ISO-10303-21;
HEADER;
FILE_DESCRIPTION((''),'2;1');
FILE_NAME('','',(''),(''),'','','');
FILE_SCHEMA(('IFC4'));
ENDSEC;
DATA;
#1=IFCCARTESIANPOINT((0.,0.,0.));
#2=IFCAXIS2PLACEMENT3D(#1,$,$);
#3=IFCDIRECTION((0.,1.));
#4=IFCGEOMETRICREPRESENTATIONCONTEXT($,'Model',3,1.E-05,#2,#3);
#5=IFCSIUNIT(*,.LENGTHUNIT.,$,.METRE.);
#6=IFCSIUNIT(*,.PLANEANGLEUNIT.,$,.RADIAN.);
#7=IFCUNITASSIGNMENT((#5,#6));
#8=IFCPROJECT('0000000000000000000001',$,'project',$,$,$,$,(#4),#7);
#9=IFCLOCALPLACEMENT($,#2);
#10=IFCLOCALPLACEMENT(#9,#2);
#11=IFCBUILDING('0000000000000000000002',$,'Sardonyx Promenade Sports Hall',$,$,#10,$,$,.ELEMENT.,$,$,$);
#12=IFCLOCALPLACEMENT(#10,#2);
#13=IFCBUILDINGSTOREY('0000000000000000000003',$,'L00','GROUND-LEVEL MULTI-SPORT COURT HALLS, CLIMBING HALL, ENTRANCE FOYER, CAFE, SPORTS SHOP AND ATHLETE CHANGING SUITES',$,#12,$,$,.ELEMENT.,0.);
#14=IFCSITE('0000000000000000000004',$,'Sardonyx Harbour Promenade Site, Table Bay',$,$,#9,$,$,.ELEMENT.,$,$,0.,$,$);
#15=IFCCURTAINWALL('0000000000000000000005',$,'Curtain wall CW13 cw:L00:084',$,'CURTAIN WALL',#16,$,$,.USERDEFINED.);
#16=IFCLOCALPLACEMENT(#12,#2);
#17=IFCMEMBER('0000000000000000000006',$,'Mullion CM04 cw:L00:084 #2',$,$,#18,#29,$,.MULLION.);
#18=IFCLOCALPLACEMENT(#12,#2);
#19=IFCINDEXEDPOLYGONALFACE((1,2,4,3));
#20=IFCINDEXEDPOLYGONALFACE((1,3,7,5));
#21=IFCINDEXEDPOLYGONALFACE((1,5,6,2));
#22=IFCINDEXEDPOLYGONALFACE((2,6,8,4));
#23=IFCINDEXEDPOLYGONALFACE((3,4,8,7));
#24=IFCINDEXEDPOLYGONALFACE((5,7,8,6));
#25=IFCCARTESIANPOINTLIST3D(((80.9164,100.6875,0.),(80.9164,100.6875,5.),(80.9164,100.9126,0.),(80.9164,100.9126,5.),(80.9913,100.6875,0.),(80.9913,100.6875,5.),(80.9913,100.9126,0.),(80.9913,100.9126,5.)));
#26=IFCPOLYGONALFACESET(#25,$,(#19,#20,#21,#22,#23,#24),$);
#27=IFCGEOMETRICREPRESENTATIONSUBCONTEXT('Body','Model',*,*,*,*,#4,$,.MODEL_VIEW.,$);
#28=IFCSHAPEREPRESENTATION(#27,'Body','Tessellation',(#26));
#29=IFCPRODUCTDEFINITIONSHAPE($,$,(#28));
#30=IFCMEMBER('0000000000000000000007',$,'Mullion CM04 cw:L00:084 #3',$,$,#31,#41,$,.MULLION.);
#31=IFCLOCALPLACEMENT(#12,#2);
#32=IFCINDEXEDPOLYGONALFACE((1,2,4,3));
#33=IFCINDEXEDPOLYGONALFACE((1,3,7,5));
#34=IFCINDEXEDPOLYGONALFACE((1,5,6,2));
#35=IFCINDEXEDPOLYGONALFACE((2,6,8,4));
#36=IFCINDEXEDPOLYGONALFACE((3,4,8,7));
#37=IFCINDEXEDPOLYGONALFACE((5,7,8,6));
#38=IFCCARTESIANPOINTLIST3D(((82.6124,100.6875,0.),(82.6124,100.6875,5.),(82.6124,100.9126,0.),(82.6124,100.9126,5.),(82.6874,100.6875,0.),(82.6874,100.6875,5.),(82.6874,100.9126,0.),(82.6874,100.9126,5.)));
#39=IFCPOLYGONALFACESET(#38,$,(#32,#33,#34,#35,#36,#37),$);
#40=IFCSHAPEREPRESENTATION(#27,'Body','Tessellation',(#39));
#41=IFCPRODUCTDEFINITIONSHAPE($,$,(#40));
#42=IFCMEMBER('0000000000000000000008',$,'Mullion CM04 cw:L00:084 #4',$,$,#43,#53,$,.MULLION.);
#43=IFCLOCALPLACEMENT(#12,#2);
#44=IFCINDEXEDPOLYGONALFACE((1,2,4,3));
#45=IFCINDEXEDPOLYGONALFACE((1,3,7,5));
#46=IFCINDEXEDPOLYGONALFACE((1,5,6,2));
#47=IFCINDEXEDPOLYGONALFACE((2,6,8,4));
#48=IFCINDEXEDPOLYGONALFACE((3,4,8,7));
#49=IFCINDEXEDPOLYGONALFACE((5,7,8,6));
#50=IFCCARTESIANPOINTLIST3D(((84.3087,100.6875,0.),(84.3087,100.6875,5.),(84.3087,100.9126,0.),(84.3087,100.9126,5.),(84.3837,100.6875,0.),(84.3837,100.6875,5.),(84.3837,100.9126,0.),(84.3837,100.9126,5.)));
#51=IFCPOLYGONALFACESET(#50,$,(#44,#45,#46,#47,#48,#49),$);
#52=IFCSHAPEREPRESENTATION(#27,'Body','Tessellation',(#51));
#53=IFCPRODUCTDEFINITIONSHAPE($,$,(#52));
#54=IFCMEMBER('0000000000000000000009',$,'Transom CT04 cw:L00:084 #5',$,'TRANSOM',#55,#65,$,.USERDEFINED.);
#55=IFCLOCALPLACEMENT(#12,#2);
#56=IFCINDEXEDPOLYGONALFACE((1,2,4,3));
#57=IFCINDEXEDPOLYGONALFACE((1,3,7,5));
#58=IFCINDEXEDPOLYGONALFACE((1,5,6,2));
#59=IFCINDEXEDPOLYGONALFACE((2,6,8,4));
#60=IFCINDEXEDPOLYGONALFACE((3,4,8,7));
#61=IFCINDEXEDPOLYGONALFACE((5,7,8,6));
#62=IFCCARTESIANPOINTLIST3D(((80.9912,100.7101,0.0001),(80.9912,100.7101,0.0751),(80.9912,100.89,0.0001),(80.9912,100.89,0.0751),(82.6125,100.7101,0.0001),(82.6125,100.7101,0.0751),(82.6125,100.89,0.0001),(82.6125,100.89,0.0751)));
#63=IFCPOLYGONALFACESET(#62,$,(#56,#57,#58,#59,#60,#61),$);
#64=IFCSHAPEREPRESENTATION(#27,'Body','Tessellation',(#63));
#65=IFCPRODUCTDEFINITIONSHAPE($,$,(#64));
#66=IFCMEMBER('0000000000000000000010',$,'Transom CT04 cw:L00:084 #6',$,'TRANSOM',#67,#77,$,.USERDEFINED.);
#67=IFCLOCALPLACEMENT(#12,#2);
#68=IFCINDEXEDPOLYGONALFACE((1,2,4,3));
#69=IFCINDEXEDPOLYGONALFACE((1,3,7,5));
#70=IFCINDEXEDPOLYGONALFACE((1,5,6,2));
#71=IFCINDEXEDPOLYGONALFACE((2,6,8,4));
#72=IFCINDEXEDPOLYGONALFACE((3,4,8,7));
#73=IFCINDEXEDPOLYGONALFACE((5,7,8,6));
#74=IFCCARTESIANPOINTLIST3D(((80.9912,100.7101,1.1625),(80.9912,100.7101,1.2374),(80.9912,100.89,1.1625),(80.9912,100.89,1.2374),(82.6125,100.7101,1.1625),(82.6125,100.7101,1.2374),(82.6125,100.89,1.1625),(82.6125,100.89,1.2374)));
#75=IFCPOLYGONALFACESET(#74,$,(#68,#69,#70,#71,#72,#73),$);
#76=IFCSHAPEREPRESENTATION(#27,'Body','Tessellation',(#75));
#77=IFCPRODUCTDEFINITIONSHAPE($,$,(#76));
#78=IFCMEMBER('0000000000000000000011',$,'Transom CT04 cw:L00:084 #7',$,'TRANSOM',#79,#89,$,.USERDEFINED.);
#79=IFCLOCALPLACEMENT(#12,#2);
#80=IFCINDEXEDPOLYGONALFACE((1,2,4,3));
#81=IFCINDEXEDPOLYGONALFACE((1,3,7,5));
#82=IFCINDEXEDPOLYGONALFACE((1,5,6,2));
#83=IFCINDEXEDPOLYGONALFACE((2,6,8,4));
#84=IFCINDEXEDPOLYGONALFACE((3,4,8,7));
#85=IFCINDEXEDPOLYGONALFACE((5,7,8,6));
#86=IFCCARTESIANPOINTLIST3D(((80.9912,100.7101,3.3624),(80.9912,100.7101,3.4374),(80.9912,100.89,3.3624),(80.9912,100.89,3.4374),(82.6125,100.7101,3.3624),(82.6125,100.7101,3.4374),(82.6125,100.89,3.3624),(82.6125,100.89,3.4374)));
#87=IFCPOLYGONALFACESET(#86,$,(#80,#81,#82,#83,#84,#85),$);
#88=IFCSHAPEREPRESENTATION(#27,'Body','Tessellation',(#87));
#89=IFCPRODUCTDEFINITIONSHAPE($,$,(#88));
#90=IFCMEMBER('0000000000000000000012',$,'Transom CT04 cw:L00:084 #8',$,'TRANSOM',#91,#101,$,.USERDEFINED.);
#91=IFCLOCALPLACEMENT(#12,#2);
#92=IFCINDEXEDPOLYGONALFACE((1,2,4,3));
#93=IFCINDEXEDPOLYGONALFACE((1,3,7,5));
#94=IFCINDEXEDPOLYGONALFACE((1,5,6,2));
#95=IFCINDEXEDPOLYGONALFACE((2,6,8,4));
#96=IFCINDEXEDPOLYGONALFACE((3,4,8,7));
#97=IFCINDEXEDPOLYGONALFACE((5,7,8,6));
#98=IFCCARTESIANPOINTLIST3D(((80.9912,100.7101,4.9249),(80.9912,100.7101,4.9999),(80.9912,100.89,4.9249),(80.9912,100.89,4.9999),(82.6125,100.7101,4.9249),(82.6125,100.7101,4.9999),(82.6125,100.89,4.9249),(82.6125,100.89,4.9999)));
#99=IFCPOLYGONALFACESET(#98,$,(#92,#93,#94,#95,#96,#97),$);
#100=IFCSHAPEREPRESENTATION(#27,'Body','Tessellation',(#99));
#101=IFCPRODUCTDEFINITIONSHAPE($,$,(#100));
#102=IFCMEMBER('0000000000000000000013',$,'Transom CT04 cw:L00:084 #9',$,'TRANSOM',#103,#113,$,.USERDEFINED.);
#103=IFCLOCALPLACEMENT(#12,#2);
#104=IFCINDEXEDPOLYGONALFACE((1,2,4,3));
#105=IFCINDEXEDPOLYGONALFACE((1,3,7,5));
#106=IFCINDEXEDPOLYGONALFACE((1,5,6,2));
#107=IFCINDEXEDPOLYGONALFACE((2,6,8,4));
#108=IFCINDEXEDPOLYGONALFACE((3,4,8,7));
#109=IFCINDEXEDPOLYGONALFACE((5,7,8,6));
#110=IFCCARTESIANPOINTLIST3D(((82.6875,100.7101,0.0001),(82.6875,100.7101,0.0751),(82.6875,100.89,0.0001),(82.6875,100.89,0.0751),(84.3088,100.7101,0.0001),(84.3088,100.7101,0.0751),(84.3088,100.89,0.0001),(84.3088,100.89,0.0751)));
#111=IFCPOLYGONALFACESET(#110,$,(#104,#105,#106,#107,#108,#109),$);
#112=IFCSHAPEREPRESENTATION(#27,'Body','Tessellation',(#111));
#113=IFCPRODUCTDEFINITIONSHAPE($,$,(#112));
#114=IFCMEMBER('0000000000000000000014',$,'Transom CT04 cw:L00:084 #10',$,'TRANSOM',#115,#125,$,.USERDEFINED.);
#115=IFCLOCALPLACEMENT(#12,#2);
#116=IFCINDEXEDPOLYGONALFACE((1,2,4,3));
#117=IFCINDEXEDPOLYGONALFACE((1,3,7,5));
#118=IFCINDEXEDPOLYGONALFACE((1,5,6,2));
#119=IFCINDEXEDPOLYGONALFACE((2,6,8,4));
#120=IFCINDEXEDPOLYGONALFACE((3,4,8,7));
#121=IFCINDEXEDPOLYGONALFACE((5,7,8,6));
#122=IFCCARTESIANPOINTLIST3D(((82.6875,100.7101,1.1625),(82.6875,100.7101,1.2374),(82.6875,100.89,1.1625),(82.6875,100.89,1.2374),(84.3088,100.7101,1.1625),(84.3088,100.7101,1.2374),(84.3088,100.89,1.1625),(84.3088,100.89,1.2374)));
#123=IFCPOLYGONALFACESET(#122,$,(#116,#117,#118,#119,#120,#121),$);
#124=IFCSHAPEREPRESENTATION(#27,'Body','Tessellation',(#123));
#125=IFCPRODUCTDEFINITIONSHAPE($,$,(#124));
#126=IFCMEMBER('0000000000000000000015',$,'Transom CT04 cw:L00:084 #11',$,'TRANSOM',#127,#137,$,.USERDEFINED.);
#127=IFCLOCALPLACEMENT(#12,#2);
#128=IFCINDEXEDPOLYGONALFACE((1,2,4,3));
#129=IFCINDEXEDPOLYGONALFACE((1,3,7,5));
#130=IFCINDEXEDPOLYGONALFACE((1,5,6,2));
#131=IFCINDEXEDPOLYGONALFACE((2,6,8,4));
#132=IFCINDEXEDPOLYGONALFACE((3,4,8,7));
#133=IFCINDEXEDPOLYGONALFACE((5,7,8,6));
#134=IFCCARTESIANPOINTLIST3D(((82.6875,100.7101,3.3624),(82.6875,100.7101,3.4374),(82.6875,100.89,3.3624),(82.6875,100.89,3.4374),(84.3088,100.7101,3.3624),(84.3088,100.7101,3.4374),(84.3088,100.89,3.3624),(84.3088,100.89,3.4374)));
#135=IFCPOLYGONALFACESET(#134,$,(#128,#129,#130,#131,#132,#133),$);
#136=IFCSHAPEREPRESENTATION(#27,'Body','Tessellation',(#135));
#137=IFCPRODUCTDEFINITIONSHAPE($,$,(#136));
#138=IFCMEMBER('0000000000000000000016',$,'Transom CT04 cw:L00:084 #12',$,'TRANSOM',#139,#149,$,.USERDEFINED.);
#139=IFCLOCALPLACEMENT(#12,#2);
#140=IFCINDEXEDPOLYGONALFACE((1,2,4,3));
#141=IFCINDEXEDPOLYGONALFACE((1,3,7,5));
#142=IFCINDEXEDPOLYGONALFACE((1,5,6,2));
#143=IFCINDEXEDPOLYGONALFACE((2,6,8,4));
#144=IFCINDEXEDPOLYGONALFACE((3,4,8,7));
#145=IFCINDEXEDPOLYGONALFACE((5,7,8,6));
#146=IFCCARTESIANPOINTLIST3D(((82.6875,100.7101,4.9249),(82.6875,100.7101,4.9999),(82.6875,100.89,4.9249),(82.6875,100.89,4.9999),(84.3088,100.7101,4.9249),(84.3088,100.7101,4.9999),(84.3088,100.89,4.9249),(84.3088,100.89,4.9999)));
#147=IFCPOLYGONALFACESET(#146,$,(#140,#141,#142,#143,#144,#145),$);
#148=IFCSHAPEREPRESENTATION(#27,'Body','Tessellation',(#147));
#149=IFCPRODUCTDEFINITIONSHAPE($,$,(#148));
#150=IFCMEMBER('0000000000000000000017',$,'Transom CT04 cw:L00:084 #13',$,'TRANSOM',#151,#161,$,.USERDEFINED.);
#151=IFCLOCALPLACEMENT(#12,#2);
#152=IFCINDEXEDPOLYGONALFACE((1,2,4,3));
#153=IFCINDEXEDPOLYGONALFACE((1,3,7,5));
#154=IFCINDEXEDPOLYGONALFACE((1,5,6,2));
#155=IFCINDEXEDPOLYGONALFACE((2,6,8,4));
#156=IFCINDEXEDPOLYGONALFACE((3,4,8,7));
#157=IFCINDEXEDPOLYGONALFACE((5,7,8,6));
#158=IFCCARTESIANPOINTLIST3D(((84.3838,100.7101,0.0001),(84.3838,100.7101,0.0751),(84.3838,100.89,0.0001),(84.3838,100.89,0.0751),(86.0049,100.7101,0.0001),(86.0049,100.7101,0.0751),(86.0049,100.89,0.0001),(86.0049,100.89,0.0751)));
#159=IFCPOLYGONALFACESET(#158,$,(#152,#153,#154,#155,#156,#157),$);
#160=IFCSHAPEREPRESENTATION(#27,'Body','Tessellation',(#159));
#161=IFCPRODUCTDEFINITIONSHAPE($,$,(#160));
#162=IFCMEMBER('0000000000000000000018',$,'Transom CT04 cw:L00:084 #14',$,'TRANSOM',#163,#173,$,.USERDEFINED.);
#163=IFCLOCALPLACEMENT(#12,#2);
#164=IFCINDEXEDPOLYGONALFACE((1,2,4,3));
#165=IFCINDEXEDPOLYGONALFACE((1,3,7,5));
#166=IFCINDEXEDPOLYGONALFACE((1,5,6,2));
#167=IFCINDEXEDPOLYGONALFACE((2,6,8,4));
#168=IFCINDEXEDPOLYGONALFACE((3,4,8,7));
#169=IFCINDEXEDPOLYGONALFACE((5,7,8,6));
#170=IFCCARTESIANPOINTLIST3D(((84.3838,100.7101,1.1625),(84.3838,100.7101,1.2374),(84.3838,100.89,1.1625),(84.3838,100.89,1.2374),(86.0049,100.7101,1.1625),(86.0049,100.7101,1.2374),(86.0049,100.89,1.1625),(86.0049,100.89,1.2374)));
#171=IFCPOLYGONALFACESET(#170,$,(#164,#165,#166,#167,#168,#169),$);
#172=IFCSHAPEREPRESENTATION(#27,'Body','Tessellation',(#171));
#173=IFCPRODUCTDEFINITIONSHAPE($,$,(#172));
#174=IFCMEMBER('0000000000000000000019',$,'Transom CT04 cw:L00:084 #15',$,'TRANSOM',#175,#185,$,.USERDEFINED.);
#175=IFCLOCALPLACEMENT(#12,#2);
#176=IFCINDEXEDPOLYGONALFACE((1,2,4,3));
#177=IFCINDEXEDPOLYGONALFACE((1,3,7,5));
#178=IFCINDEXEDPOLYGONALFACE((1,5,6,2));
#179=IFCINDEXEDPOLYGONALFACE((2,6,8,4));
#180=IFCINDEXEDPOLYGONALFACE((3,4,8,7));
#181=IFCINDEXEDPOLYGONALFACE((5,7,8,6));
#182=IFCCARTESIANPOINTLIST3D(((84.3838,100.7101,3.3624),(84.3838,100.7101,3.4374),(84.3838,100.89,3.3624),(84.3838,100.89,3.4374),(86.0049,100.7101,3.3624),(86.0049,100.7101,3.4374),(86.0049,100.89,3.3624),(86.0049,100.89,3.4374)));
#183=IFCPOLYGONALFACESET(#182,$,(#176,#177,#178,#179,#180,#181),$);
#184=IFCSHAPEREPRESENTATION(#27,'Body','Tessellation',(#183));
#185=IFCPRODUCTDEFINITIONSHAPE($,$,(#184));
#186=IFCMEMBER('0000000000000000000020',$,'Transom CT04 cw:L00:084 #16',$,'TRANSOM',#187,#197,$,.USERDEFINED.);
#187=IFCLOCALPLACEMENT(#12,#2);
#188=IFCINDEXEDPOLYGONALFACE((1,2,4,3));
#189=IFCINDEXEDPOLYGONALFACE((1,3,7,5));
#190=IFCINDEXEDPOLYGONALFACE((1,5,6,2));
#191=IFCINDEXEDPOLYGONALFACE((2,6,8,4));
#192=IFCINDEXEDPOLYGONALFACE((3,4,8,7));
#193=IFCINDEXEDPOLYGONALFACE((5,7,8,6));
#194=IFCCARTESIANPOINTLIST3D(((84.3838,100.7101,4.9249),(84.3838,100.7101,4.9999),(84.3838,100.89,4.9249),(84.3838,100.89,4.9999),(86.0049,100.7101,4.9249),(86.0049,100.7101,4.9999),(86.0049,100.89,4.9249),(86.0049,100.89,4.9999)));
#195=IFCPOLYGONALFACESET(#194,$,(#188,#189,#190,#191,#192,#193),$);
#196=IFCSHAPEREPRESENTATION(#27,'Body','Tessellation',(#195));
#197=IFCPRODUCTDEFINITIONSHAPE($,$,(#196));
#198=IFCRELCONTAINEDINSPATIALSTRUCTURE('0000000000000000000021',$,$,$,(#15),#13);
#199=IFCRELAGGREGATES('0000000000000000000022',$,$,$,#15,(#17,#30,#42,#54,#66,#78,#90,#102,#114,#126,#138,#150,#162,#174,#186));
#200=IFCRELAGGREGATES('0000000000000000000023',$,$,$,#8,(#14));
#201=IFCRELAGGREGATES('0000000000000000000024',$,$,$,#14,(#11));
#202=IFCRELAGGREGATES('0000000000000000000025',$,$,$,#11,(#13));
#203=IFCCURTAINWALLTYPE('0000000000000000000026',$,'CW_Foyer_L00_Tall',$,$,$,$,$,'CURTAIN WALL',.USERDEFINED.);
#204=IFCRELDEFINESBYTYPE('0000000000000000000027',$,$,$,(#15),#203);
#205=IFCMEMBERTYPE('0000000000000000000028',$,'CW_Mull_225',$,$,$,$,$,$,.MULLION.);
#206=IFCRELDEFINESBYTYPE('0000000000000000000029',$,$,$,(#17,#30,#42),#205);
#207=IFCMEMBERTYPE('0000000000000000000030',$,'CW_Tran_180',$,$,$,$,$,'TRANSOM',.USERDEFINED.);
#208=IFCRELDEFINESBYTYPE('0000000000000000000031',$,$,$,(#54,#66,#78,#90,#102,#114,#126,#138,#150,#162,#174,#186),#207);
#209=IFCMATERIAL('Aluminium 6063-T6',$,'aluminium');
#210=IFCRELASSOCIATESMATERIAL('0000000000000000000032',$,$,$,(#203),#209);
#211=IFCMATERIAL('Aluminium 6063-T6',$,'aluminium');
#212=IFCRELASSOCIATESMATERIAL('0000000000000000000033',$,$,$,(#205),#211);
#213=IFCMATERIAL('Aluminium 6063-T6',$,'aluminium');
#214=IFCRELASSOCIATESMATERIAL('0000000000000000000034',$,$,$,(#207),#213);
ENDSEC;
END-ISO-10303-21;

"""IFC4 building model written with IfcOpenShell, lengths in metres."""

from ifc_helpers import new_model, si_unit, direction, frame, origin, origin_2d, place, context, subcontext, project, spatial, rectangle, extrude, material, material_profile, profile_set, type_object, element, aggregate, save


model = new_model("IFC4")

# Units and contexts
model_context = context("Model", 3, precision=1e-05, world=origin(), true_north=direction((0.0, 1.0)))
body_context = subcontext(model_context, "Body", "Model", "MODEL_VIEW")
ifc_project = project(units=[si_unit("LENGTHUNIT", "METRE"), si_unit("PLANEANGLEUNIT", "RADIAN")], contexts=[model_context])

# Site, building, storey
site_placement = place(None, origin())
site = spatial("IfcSite", under=ifc_project, at=site_placement, Name="Sardonyx Harbour Promenade Site, Table Bay", CompositionType="ELEMENT", RefElevation=0.0)
building_placement = place(site_placement, origin())
building = spatial("IfcBuilding", under=site, at=building_placement, Name="Sardonyx Promenade Sports Hall", CompositionType="ELEMENT")
storey_placement = place(building_placement, origin())
storey = spatial("IfcBuildingStorey", under=building, at=storey_placement, Name="L00", Description="GROUND-LEVEL MULTI-SPORT COURT HALLS, CLIMBING HALL, ENTRANCE FOYER, CAFE, SPORTS SHOP AND ATHLETE CHANGING SUITES", CompositionType="ELEMENT", Elevation=0.0)

# Curtain wall, members
ifc_material_1 = material(Name="Aluminium 6063-T6", Category="aluminium")
curtain_wall_type = type_object("IfcCurtainWallType", Name="CW_Foyer_L00_Tall", ElementType="CURTAIN WALL", PredefinedType="USERDEFINED", material=ifc_material_1)
curtain_wall_placement = place(storey_placement, origin())
curtain_wall = element("IfcCurtainWall", 1, at=curtain_wall_placement, inside=storey, type_object=curtain_wall_type, Name="Curtain wall CW13 cw:L00:084", ObjectType="CURTAIN WALL", PredefinedType="USERDEFINED")
ifc_material_2 = material(Name="Aluminium 6063-T6", Category="aluminium")
ifc_material_profile_1 = material_profile(ifc_material_2, rectangle(XDim=0.075, YDim=0.2251, at=origin_2d()))
ifc_profile_set_1 = profile_set([ifc_material_profile_1], Name="Aluminium 6063-T6")
member_type_1 = type_object("IfcMemberType", Name="CW_Mull_225", PredefinedType="MULLION", material=ifc_profile_set_1)
member_1_placement = place(storey_placement, frame((80.9539, 100.8, 0.0), z_axis=(0.0, 0.0, 1.0), x_axis=(1.0, 0.0, 0.0)))
member_1 = element("IfcMember", 2, at=member_1_placement, type_object=member_type_1, Name="Mullion CM04 cw:L00:084 #2", PredefinedType="MULLION", context=body_context, shape_type="SweptSolid", body=[
    extrude(rectangle(XDim=0.075, YDim=0.2251, at=origin_2d()), origin(), (0.0, 0.0, 1.0), 5.0),
])
member_2_placement = place(storey_placement, frame((82.6499, 100.8, 0.0), z_axis=(0.0, 0.0, 1.0), x_axis=(1.0, 0.0, 0.0)))
member_2 = element("IfcMember", 3, at=member_2_placement, type_object=member_type_1, Name="Mullion CM04 cw:L00:084 #3", PredefinedType="MULLION", context=body_context, shape_type="SweptSolid", body=[
    extrude(rectangle(XDim=0.075, YDim=0.2251, at=origin_2d()), origin(), (0.0, 0.0, 1.0), 5.0),
])
member_3_placement = place(storey_placement, frame((84.3462, 100.8, 0.0), z_axis=(0.0, 0.0, 1.0), x_axis=(1.0, 0.0, 0.0)))
member_3 = element("IfcMember", 4, at=member_3_placement, type_object=member_type_1, Name="Mullion CM04 cw:L00:084 #4", PredefinedType="MULLION", context=body_context, shape_type="SweptSolid", body=[
    extrude(rectangle(XDim=0.075, YDim=0.2251, at=origin_2d()), origin(), (0.0, 0.0, 1.0), 5.0),
])
ifc_material_3 = material(Name="Aluminium 6063-T6", Category="aluminium")
ifc_material_profile_2 = material_profile(ifc_material_3, rectangle(XDim=0.075, YDim=0.1799, at=origin_2d()))
ifc_profile_set_2 = profile_set([ifc_material_profile_2], Name="Aluminium 6063-T6")
member_type_2 = type_object("IfcMemberType", Name="CW_Tran_180", ElementType="TRANSOM", PredefinedType="USERDEFINED", material=ifc_profile_set_2)
member_4_placement = place(storey_placement, frame((80.9912, 100.8, 0.0376), z_axis=(1.0, 0.0, 0.0), x_axis=(0.0, 0.0, 1.0)))
member_4 = element("IfcMember", 5, at=member_4_placement, type_object=member_type_2, Name="Transom CT04 cw:L00:084 #5", ObjectType="TRANSOM", PredefinedType="USERDEFINED", context=body_context, shape_type="SweptSolid", body=[
    extrude(rectangle(XDim=0.075, YDim=0.1799, at=origin_2d()), origin(), (0.0, 0.0, 1.0), 1.6213),
])
member_5_placement = place(storey_placement, frame((80.9912, 100.8, 1.2), z_axis=(1.0, 0.0, 0.0), x_axis=(0.0, 0.0, 1.0)))
member_5 = element("IfcMember", 6, at=member_5_placement, type_object=member_type_2, Name="Transom CT04 cw:L00:084 #6", ObjectType="TRANSOM", PredefinedType="USERDEFINED", context=body_context, shape_type="SweptSolid", body=[
    extrude(rectangle(XDim=0.075, YDim=0.1799, at=origin_2d()), origin(), (0.0, 0.0, 1.0), 1.6213),
])
member_6_placement = place(storey_placement, frame((80.9912, 100.8, 3.3999), z_axis=(1.0, 0.0, 0.0), x_axis=(0.0, 0.0, 1.0)))
member_6 = element("IfcMember", 7, at=member_6_placement, type_object=member_type_2, Name="Transom CT04 cw:L00:084 #7", ObjectType="TRANSOM", PredefinedType="USERDEFINED", context=body_context, shape_type="SweptSolid", body=[
    extrude(rectangle(XDim=0.075, YDim=0.1799, at=origin_2d()), origin(), (0.0, 0.0, 1.0), 1.6213),
])
member_7_placement = place(storey_placement, frame((80.9912, 100.8, 4.9624), z_axis=(1.0, 0.0, 0.0), x_axis=(0.0, 0.0, 1.0)))
member_7 = element("IfcMember", 8, at=member_7_placement, type_object=member_type_2, Name="Transom CT04 cw:L00:084 #8", ObjectType="TRANSOM", PredefinedType="USERDEFINED", context=body_context, shape_type="SweptSolid", body=[
    extrude(rectangle(XDim=0.075, YDim=0.1799, at=origin_2d()), origin(), (0.0, 0.0, 1.0), 1.6213),
])
member_8_placement = place(storey_placement, frame((82.6875, 100.8, 0.0376), z_axis=(1.0, 0.0, 0.0), x_axis=(0.0, 0.0, 1.0)))
member_8 = element("IfcMember", 9, at=member_8_placement, type_object=member_type_2, Name="Transom CT04 cw:L00:084 #9", ObjectType="TRANSOM", PredefinedType="USERDEFINED", context=body_context, shape_type="SweptSolid", body=[
    extrude(rectangle(XDim=0.075, YDim=0.1799, at=origin_2d()), origin(), (0.0, 0.0, 1.0), 1.6213),
])
member_9_placement = place(storey_placement, frame((82.6875, 100.8, 1.2), z_axis=(1.0, 0.0, 0.0), x_axis=(0.0, 0.0, 1.0)))
member_9 = element("IfcMember", 10, at=member_9_placement, type_object=member_type_2, Name="Transom CT04 cw:L00:084 #10", ObjectType="TRANSOM", PredefinedType="USERDEFINED", context=body_context, shape_type="SweptSolid", body=[
    extrude(rectangle(XDim=0.075, YDim=0.1799, at=origin_2d()), origin(), (0.0, 0.0, 1.0), 1.6213),
])
member_10_placement = place(storey_placement, frame((82.6875, 100.8, 3.3999), z_axis=(1.0, 0.0, 0.0), x_axis=(0.0, 0.0, 1.0)))
member_10 = element("IfcMember", 11, at=member_10_placement, type_object=member_type_2, Name="Transom CT04 cw:L00:084 #11", ObjectType="TRANSOM", PredefinedType="USERDEFINED", context=body_context, shape_type="SweptSolid", body=[
    extrude(rectangle(XDim=0.075, YDim=0.1799, at=origin_2d()), origin(), (0.0, 0.0, 1.0), 1.6213),
])
member_11_placement = place(storey_placement, frame((82.6875, 100.8, 4.9624), z_axis=(1.0, 0.0, 0.0), x_axis=(0.0, 0.0, 1.0)))
member_11 = element("IfcMember", 12, at=member_11_placement, type_object=member_type_2, Name="Transom CT04 cw:L00:084 #12", ObjectType="TRANSOM", PredefinedType="USERDEFINED", context=body_context, shape_type="SweptSolid", body=[
    extrude(rectangle(XDim=0.075, YDim=0.1799, at=origin_2d()), origin(), (0.0, 0.0, 1.0), 1.6213),
])
member_12_placement = place(storey_placement, frame((84.3838, 100.8, 0.0376), z_axis=(1.0, 0.0, 0.0), x_axis=(0.0, 0.0, 1.0)))
member_12 = element("IfcMember", 13, at=member_12_placement, type_object=member_type_2, Name="Transom CT04 cw:L00:084 #13", ObjectType="TRANSOM", PredefinedType="USERDEFINED", context=body_context, shape_type="SweptSolid", body=[
    extrude(rectangle(XDim=0.075, YDim=0.1799, at=origin_2d()), origin(), (0.0, 0.0, 1.0), 1.6211),
])
member_13_placement = place(storey_placement, frame((84.3838, 100.8, 1.2), z_axis=(1.0, 0.0, 0.0), x_axis=(0.0, 0.0, 1.0)))
member_13 = element("IfcMember", 14, at=member_13_placement, type_object=member_type_2, Name="Transom CT04 cw:L00:084 #14", ObjectType="TRANSOM", PredefinedType="USERDEFINED", context=body_context, shape_type="SweptSolid", body=[
    extrude(rectangle(XDim=0.075, YDim=0.1799, at=origin_2d()), origin(), (0.0, 0.0, 1.0), 1.6211),
])
member_14_placement = place(storey_placement, frame((84.3838, 100.8, 3.3999), z_axis=(1.0, 0.0, 0.0), x_axis=(0.0, 0.0, 1.0)))
member_14 = element("IfcMember", 15, at=member_14_placement, type_object=member_type_2, Name="Transom CT04 cw:L00:084 #15", ObjectType="TRANSOM", PredefinedType="USERDEFINED", context=body_context, shape_type="SweptSolid", body=[
    extrude(rectangle(XDim=0.075, YDim=0.1799, at=origin_2d()), origin(), (0.0, 0.0, 1.0), 1.6211),
])
member_15_placement = place(storey_placement, frame((84.3838, 100.8, 4.9624), z_axis=(1.0, 0.0, 0.0), x_axis=(0.0, 0.0, 1.0)))
member_15 = element("IfcMember", 16, at=member_15_placement, type_object=member_type_2, Name="Transom CT04 cw:L00:084 #16", ObjectType="TRANSOM", PredefinedType="USERDEFINED", context=body_context, shape_type="SweptSolid", body=[
    extrude(rectangle(XDim=0.075, YDim=0.1799, at=origin_2d()), origin(), (0.0, 0.0, 1.0), 1.6211),
])
aggregate(curtain_wall, [member_1, member_2, member_3, member_4, member_5, member_6, member_7, member_8, member_9, member_10, member_11, member_12, member_13, member_14, member_15])

save(model, "model.ifc")
